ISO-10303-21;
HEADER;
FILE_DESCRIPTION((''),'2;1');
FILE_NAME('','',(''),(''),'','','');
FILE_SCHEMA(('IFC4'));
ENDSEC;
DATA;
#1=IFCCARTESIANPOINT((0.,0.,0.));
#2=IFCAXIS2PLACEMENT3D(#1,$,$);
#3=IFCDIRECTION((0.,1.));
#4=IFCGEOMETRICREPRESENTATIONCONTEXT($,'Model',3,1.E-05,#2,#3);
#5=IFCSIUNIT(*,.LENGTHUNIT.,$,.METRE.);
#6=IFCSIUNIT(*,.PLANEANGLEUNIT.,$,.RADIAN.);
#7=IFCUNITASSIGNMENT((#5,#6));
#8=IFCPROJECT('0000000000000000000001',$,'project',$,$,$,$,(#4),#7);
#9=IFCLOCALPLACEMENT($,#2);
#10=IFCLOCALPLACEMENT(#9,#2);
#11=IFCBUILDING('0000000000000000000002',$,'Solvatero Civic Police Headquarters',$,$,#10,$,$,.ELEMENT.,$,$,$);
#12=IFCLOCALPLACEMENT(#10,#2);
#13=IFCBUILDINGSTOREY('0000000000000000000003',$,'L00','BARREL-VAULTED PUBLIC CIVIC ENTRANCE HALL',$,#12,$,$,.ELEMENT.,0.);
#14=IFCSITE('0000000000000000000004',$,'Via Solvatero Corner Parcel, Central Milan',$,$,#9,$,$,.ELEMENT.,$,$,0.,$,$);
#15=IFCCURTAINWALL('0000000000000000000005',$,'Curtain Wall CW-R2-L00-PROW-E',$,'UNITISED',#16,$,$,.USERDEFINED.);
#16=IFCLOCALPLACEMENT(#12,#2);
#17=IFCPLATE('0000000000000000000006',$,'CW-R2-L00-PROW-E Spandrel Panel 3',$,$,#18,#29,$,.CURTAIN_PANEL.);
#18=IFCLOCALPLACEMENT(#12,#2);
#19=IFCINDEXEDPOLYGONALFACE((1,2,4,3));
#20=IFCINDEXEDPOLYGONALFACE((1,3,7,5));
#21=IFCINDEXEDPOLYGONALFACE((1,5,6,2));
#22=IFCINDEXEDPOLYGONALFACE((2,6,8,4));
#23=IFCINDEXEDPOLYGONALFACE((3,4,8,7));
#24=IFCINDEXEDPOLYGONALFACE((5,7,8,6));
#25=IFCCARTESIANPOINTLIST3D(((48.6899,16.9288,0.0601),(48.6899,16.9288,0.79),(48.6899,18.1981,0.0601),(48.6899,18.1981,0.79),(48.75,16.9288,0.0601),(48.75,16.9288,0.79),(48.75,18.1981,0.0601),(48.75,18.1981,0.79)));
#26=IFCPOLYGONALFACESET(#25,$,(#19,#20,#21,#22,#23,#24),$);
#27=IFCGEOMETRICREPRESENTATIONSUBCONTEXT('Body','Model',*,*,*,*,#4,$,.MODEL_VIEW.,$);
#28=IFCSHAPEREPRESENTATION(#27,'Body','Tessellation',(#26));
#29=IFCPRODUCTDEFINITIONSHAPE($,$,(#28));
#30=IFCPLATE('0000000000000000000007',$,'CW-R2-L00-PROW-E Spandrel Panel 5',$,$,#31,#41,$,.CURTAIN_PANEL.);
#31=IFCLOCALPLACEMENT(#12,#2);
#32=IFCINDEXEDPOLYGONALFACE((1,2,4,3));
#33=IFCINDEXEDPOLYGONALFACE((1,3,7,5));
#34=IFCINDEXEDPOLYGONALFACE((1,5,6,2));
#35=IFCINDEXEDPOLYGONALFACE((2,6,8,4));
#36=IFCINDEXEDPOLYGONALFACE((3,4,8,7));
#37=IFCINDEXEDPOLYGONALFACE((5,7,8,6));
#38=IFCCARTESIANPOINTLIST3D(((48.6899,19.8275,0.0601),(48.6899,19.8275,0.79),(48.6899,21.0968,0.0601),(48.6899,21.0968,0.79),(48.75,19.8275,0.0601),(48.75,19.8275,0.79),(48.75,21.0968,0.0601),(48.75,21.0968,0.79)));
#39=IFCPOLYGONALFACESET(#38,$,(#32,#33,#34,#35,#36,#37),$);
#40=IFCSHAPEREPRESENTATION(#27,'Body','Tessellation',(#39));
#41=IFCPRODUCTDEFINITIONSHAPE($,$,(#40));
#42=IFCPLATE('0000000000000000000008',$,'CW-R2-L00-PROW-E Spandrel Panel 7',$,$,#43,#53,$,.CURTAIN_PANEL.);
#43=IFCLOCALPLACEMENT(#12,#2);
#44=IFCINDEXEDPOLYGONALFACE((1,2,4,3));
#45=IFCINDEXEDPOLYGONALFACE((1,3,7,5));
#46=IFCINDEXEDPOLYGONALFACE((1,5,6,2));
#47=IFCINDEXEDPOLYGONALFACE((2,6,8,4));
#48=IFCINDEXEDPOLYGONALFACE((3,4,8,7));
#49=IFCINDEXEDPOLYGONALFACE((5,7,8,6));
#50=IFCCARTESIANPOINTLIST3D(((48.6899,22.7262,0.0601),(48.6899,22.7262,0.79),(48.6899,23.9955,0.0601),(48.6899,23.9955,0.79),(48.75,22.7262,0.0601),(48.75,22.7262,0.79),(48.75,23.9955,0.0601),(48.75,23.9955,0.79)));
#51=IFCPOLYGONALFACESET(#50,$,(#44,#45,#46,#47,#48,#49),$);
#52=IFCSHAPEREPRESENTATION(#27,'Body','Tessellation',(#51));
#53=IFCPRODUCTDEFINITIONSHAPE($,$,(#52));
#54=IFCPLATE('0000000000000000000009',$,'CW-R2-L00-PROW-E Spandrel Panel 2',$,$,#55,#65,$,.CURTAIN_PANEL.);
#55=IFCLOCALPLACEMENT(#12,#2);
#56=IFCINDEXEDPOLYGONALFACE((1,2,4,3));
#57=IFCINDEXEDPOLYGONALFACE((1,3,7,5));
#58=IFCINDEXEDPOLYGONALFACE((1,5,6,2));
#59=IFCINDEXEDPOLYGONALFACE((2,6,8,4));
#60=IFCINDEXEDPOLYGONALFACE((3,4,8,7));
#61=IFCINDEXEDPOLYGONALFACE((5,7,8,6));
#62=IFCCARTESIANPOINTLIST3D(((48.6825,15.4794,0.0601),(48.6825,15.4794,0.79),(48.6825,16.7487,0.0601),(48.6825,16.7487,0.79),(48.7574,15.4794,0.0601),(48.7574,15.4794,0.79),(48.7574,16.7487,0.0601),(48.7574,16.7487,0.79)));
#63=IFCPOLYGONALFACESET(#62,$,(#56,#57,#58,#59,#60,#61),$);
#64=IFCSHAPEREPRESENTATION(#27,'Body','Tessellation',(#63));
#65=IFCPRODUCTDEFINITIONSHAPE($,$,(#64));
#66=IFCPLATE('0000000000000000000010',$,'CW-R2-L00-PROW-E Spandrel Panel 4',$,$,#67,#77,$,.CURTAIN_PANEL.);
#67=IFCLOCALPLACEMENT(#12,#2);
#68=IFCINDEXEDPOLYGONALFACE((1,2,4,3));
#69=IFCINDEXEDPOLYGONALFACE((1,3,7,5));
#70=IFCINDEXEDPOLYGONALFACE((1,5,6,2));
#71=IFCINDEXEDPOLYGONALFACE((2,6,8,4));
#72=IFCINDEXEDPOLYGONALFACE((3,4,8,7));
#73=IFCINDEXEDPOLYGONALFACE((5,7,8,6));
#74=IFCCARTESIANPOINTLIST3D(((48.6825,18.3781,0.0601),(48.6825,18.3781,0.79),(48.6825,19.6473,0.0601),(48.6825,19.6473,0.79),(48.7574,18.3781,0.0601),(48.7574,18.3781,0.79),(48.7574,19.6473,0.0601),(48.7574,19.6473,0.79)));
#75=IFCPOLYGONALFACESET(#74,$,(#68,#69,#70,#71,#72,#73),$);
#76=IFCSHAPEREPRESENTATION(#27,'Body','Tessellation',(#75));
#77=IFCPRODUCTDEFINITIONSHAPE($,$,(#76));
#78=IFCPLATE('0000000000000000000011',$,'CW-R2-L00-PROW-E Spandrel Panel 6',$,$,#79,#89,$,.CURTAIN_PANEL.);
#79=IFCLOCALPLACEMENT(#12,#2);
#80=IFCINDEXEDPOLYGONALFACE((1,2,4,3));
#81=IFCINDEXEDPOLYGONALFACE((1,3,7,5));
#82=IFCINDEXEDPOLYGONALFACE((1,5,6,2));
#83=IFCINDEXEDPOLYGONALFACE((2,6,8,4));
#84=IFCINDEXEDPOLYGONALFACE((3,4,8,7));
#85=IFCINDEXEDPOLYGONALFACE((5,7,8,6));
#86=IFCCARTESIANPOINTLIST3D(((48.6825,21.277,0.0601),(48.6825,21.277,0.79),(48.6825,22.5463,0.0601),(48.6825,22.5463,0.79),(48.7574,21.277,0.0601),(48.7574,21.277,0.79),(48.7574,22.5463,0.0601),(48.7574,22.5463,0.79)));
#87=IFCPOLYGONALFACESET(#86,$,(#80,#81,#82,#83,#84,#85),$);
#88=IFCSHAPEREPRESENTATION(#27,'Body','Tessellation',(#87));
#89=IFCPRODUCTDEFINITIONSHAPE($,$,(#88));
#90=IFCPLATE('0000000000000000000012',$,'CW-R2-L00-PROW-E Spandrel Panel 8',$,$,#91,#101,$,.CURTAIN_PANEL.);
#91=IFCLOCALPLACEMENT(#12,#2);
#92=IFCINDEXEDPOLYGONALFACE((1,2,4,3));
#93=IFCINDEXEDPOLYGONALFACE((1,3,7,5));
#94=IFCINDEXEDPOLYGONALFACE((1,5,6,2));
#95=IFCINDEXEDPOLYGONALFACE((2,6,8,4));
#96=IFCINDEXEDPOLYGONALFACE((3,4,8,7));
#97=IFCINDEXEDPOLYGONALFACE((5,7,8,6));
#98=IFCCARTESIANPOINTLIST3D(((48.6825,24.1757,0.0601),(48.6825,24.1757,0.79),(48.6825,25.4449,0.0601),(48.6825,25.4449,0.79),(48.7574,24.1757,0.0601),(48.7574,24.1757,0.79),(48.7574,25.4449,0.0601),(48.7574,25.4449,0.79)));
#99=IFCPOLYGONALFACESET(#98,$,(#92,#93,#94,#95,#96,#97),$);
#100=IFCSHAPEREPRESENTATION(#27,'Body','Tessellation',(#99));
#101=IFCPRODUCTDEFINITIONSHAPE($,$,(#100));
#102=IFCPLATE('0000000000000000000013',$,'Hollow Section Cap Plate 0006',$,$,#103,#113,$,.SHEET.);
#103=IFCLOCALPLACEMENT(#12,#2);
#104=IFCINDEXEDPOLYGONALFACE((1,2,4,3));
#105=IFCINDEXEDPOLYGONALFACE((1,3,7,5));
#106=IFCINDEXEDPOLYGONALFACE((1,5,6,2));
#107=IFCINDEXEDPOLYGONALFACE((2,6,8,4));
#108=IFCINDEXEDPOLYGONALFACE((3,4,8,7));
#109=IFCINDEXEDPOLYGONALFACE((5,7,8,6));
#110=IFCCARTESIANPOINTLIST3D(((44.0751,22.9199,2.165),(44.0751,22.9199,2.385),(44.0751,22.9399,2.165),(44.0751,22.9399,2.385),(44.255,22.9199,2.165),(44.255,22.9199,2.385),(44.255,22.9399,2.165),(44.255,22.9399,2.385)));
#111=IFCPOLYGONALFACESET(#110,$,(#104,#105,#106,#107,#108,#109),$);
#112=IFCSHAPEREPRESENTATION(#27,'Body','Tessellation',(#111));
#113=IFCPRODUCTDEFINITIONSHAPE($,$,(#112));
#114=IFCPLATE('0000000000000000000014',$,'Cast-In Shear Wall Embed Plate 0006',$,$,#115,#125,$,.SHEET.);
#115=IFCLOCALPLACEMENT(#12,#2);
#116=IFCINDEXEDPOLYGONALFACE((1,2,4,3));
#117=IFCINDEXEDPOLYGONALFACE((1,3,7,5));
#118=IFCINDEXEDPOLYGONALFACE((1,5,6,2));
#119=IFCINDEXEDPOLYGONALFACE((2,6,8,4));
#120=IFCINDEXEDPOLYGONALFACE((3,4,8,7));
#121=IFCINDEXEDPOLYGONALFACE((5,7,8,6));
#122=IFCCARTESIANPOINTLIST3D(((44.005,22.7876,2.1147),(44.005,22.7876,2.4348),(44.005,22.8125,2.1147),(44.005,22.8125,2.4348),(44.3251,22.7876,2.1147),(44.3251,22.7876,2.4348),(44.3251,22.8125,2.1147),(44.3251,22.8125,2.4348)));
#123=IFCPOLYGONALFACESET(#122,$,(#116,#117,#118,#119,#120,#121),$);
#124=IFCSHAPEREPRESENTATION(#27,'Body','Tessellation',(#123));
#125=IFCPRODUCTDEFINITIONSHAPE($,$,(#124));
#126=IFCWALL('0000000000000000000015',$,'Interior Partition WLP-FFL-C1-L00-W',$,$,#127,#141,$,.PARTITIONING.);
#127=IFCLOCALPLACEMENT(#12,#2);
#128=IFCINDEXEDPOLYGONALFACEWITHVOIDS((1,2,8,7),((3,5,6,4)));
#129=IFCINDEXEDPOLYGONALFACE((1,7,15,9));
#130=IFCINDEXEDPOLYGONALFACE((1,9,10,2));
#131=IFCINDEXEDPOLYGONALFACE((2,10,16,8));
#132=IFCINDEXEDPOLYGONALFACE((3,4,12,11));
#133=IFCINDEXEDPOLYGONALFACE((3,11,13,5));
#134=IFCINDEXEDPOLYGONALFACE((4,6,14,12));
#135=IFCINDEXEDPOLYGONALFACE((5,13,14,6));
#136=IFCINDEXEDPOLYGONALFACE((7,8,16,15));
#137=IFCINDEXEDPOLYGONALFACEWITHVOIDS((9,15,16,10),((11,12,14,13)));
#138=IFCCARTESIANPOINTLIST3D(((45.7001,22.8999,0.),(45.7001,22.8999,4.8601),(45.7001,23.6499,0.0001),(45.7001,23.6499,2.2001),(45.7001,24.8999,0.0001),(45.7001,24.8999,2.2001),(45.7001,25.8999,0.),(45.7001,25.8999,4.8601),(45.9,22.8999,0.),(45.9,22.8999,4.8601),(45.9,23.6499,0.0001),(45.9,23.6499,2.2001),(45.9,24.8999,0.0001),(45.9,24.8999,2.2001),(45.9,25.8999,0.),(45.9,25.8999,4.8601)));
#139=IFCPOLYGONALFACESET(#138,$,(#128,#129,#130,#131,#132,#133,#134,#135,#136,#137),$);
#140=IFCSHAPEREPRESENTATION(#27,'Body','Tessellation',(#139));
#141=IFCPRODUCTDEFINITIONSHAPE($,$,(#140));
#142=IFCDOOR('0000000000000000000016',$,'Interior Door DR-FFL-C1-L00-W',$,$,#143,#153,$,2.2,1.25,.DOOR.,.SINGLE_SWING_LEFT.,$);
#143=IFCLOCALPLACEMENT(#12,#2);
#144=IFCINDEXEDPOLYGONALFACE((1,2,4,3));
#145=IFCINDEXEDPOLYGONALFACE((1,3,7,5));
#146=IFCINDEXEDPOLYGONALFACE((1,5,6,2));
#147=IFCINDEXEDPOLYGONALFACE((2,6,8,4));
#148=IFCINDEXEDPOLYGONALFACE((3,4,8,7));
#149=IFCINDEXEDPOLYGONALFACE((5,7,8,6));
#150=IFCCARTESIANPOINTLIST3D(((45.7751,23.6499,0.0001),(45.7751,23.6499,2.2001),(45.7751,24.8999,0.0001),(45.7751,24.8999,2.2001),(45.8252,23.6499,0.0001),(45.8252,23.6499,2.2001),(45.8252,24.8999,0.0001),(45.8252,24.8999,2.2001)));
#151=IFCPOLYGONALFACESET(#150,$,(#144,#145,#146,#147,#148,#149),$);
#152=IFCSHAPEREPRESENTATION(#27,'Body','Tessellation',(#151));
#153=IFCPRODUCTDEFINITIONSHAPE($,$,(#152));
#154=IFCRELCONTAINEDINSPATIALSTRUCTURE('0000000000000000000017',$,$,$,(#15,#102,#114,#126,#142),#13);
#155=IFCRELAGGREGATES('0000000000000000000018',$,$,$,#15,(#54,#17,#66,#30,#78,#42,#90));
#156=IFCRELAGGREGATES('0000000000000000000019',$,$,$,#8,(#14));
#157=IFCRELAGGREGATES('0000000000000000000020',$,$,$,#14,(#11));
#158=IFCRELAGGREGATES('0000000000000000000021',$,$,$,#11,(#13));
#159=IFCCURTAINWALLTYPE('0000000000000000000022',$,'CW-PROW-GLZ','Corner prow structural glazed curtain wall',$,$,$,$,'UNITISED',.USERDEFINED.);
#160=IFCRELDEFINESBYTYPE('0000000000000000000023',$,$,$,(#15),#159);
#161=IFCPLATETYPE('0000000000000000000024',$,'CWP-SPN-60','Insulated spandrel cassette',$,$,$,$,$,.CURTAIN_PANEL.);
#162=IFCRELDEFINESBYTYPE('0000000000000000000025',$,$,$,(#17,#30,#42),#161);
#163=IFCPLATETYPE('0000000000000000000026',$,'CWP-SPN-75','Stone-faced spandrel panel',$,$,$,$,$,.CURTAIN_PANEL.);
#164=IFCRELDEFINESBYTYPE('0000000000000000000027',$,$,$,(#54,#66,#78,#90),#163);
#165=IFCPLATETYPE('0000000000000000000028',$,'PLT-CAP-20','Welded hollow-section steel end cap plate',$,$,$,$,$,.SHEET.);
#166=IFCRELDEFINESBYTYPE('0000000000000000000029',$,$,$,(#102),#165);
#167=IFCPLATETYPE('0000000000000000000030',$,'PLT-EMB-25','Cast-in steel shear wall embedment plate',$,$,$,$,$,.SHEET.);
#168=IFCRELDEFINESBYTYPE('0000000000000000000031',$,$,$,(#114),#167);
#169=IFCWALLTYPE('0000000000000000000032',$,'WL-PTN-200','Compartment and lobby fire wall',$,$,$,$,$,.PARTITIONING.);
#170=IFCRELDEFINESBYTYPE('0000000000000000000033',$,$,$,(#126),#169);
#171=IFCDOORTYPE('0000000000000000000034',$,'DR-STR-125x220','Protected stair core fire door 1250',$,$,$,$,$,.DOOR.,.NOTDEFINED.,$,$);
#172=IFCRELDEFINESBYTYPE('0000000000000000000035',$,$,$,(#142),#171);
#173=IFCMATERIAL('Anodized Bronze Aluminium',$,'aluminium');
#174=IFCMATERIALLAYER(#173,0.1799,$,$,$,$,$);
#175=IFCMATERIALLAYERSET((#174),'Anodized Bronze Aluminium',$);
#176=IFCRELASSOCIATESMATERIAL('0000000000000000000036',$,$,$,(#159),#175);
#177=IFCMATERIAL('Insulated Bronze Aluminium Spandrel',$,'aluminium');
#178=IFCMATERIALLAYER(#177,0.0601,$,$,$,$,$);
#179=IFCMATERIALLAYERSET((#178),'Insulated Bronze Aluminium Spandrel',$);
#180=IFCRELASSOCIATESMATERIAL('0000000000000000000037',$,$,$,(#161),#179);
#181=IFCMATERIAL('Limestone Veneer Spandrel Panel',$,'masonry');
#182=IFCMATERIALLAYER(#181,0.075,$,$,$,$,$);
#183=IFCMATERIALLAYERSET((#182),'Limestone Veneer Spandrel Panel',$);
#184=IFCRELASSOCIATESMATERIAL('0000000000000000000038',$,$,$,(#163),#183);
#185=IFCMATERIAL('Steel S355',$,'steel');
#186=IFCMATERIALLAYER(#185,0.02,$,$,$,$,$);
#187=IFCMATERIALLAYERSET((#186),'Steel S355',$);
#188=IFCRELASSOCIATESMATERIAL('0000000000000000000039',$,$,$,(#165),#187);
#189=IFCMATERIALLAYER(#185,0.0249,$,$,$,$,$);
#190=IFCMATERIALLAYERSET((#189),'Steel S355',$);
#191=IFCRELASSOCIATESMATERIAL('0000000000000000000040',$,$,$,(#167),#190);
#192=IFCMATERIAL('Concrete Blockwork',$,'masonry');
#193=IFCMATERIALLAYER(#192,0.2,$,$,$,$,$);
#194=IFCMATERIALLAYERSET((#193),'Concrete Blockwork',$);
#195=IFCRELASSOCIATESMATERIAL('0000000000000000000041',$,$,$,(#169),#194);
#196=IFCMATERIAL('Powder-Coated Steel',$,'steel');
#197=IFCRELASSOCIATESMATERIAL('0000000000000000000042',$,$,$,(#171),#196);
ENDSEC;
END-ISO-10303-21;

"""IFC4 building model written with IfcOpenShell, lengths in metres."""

from ifc_helpers import new_model, si_unit, direction, frame, frame_2d, origin, origin_2d, place, context, subcontext, project, spatial, rectangle, extrude, material, layer, layer_set, type_object, element, fill, aggregate, save


model = new_model("IFC4")

# Units and contexts
model_context = context("Model", 3, precision=1e-05, world=origin(), true_north=direction((0.0, 1.0)))
body_context = subcontext(model_context, "Body", "Model", "MODEL_VIEW")
ifc_project = project(units=[si_unit("LENGTHUNIT", "METRE"), si_unit("PLANEANGLEUNIT", "RADIAN")], contexts=[model_context])

# Site, building, storey
site_placement = place(None, origin())
site = spatial("IfcSite", under=ifc_project, at=site_placement, Name="Via Solvatero Corner Parcel, Central Milan", CompositionType="ELEMENT", RefElevation=0.0)
building_placement = place(site_placement, origin())
building = spatial("IfcBuilding", under=site, at=building_placement, Name="Solvatero Civic Police Headquarters", CompositionType="ELEMENT")
storey_placement = place(building_placement, origin())
storey = spatial("IfcBuildingStorey", under=building, at=storey_placement, Name="L00", Description="BARREL-VAULTED PUBLIC CIVIC ENTRANCE HALL", CompositionType="ELEMENT", Elevation=0.0)

# Curtain wall, plates
ifc_material_1 = material(Name="Anodized Bronze Aluminium", Category="aluminium")
ifc_layer_1 = layer(ifc_material_1, 0.1799)
ifc_layer_set_1 = layer_set([ifc_layer_1], Name="Anodized Bronze Aluminium")
curtain_wall_type = type_object("IfcCurtainWallType", Name="CW-PROW-GLZ", Description="Corner prow structural glazed curtain wall", ElementType="UNITISED", PredefinedType="USERDEFINED", material=ifc_layer_set_1)
curtain_wall_placement = place(storey_placement, origin())
curtain_wall = element("IfcCurtainWall", 1, at=curtain_wall_placement, inside=storey, type_object=curtain_wall_type, Name="Curtain Wall CW-R2-L00-PROW-E", ObjectType="UNITISED", PredefinedType="USERDEFINED")
ifc_material_2 = material(Name="Insulated Bronze Aluminium Spandrel", Category="aluminium")
ifc_layer_2 = layer(ifc_material_2, 0.0601)
ifc_layer_set_2 = layer_set([ifc_layer_2], Name="Insulated Bronze Aluminium Spandrel")
plate_type_1 = type_object("IfcPlateType", Name="CWP-SPN-60", Description="Insulated spandrel cassette", PredefinedType="CURTAIN_PANEL", material=ifc_layer_set_2)
plate_1_placement = place(storey_placement, frame((48.72, 17.5635, 0.0601), z_axis=(0.0, 0.0, 1.0), x_axis=(0.0, 1.0, 0.0)))
plate_1 = element("IfcPlate", 2, at=plate_1_placement, type_object=plate_type_1, Name="CW-R2-L00-PROW-E Spandrel Panel 3", PredefinedType="CURTAIN_PANEL", context=body_context, shape_type="SweptSolid", body=[
    extrude(rectangle(XDim=1.2693, YDim=0.0601, at=origin_2d()), origin(), (0.0, 0.0, 1.0), 0.73),
])
plate_2_placement = place(storey_placement, frame((48.72, 20.4622, 0.0601), z_axis=(0.0, 0.0, 1.0), x_axis=(0.0, 1.0, 0.0)))
plate_2 = element("IfcPlate", 3, at=plate_2_placement, type_object=plate_type_1, Name="CW-R2-L00-PROW-E Spandrel Panel 5", PredefinedType="CURTAIN_PANEL", context=body_context, shape_type="SweptSolid", body=[
    extrude(rectangle(XDim=1.2693, YDim=0.0601, at=origin_2d()), origin(), (0.0, 0.0, 1.0), 0.73),
])
plate_3_placement = place(storey_placement, frame((48.72, 23.3608, 0.0601), z_axis=(0.0, 0.0, 1.0), x_axis=(0.0, 1.0, 0.0)))
plate_3 = element("IfcPlate", 4, at=plate_3_placement, type_object=plate_type_1, Name="CW-R2-L00-PROW-E Spandrel Panel 7", PredefinedType="CURTAIN_PANEL", context=body_context, shape_type="SweptSolid", body=[
    extrude(rectangle(XDim=1.2693, YDim=0.0601, at=origin_2d()), origin(), (0.0, 0.0, 1.0), 0.73),
])
ifc_material_3 = material(Name="Limestone Veneer Spandrel Panel", Category="masonry")
ifc_layer_3 = layer(ifc_material_3, 0.075)
ifc_layer_set_3 = layer_set([ifc_layer_3], Name="Limestone Veneer Spandrel Panel")
plate_type_2 = type_object("IfcPlateType", Name="CWP-SPN-75", Description="Stone-faced spandrel panel", PredefinedType="CURTAIN_PANEL", material=ifc_layer_set_3)
plate_4_placement = place(storey_placement, frame((48.72, 16.114, 0.0601), z_axis=(0.0, 0.0, 1.0), x_axis=(0.0, 1.0, 0.0)))
plate_4 = element("IfcPlate", 5, at=plate_4_placement, type_object=plate_type_2, Name="CW-R2-L00-PROW-E Spandrel Panel 2", PredefinedType="CURTAIN_PANEL", context=body_context, shape_type="SweptSolid", body=[
    extrude(rectangle(XDim=1.2693, YDim=0.075, at=origin_2d()), origin(), (0.0, 0.0, 1.0), 0.73),
])
plate_5_placement = place(storey_placement, frame((48.72, 19.0127, 0.0601), z_axis=(0.0, 0.0, 1.0), x_axis=(0.0, 1.0, 0.0)))
plate_5 = element("IfcPlate", 6, at=plate_5_placement, type_object=plate_type_2, Name="CW-R2-L00-PROW-E Spandrel Panel 4", PredefinedType="CURTAIN_PANEL", context=body_context, shape_type="SweptSolid", body=[
    extrude(rectangle(XDim=1.2693, YDim=0.075, at=origin_2d()), origin(), (0.0, 0.0, 1.0), 0.73),
])
plate_6_placement = place(storey_placement, frame((48.72, 21.9116, 0.0601), z_axis=(0.0, 0.0, 1.0), x_axis=(0.0, 1.0, 0.0)))
plate_6 = element("IfcPlate", 7, at=plate_6_placement, type_object=plate_type_2, Name="CW-R2-L00-PROW-E Spandrel Panel 6", PredefinedType="CURTAIN_PANEL", context=body_context, shape_type="SweptSolid", body=[
    extrude(rectangle(XDim=1.2693, YDim=0.075, at=origin_2d()), origin(), (0.0, 0.0, 1.0), 0.73),
])
plate_7_placement = place(storey_placement, frame((48.72, 24.8103, 0.0601), z_axis=(0.0, 0.0, 1.0), x_axis=(0.0, 1.0, 0.0)))
plate_7 = element("IfcPlate", 8, at=plate_7_placement, type_object=plate_type_2, Name="CW-R2-L00-PROW-E Spandrel Panel 8", PredefinedType="CURTAIN_PANEL", context=body_context, shape_type="SweptSolid", body=[
    extrude(rectangle(XDim=1.2693, YDim=0.075, at=origin_2d()), origin(), (0.0, 0.0, 1.0), 0.73),
])
aggregate(curtain_wall, [plate_4, plate_1, plate_5, plate_2, plate_6, plate_3, plate_7])

# Plates
ifc_material_4 = material(Name="Steel S355", Category="steel")
ifc_layer_4 = layer(ifc_material_4, 0.02)
ifc_layer_set_4 = layer_set([ifc_layer_4], Name="Steel S355")
plate_type_3 = type_object("IfcPlateType", Name="PLT-CAP-20", Description="Welded hollow-section steel end cap plate", PredefinedType="SHEET", material=ifc_layer_set_4)
plate_8_placement = place(storey_placement, frame((44.165, 22.9299, 2.165), z_axis=(0.0, 0.0, 1.0), x_axis=(1.0, 0.0, 0.0)))
element("IfcPlate", 9, at=plate_8_placement, inside=storey, type_object=plate_type_3, Name="Hollow Section Cap Plate 0006", PredefinedType="SHEET", context=body_context, shape_type="SweptSolid", body=[
    extrude(rectangle(XDim=0.1799, YDim=0.02, at=origin_2d()), origin(), (0.0, 0.0, 1.0), 0.22),
])
ifc_layer_5 = layer(ifc_material_4, 0.0249)
ifc_layer_set_5 = layer_set([ifc_layer_5], Name="Steel S355")
plate_type_4 = type_object("IfcPlateType", Name="PLT-EMB-25", Description="Cast-in steel shear wall embedment plate", PredefinedType="SHEET", material=ifc_layer_set_5)
plate_9_placement = place(storey_placement, frame((44.165, 22.8, 2.1147), z_axis=(0.0, 0.0, 1.0), x_axis=(1.0, 0.0, 0.0)))
element("IfcPlate", 10, at=plate_9_placement, inside=storey, type_object=plate_type_4, Name="Cast-In Shear Wall Embed Plate 0006", PredefinedType="SHEET", context=body_context, shape_type="SweptSolid", body=[
    extrude(rectangle(XDim=0.3201, YDim=0.0249, at=origin_2d()), origin(), (0.0, 0.0, 1.0), 0.3201),
])

# Wall, opening, door
ifc_material_5 = material(Name="Concrete Blockwork", Category="masonry")
ifc_layer_6 = layer(ifc_material_5, 0.2)
ifc_layer_set_6 = layer_set([ifc_layer_6], Name="Concrete Blockwork")
wall_type_1 = type_object("IfcWallType", Name="WL-PTN-200", Description="Compartment and lobby fire wall", PredefinedType="PARTITIONING", material=ifc_layer_set_6)
wall_1_placement = place(storey_placement, frame((45.8, 22.8999, 0.0), z_axis=(0.0, 0.0, 1.0), x_axis=(0.0, 1.0, 0.0)))
wall_1 = element("IfcWall", 11, at=wall_1_placement, inside=storey, type_object=wall_type_1, Name="Interior Partition WLP-FFL-C1-L00-W", PredefinedType="PARTITIONING", context=body_context, shape_type="SweptSolid", body=[
    extrude(rectangle(XDim=3.0, YDim=0.2, at=frame_2d((1.5, 0.0))), origin(), (0.0, 0.0, 1.0), 4.8601),
])
opening_1_placement = place(wall_1_placement, frame((0.75, 0.0, 0.0)))
opening_1 = element("IfcOpeningElement", 12, at=opening_1_placement, cuts=wall_1, PredefinedType="OPENING", context=body_context, shape_type="SweptSolid", body=[
    extrude(rectangle(XDim=1.25, YDim=2.2, at=frame_2d((0.625, 1.1001))), frame((0.0, 0.1099, 0.0), z_axis=(0.0, -1.0, 0.0), x_axis=(1.0, 0.0, 0.0)), (0.0, 0.0, 1.0), 0.22),
])
ifc_material_6 = material(Name="Powder-Coated Steel", Category="steel")
door_type_1 = type_object("IfcDoorType", Name="DR-STR-125x220", Description="Protected stair core fire door 1250", OperationType="NOTDEFINED", PredefinedType="DOOR", material=ifc_material_6)
door_1_placement = place(opening_1_placement, origin())
door_1 = element("IfcDoor", 13, at=door_1_placement, inside=storey, type_object=door_type_1, Name="Interior Door DR-FFL-C1-L00-W", OperationType="SINGLE_SWING_LEFT", OverallHeight=2.2, OverallWidth=1.25, PredefinedType="DOOR", context=body_context, shape_type="SweptSolid", body=[
    extrude(rectangle(XDim=1.25, YDim=2.2, at=frame_2d((0.625, 1.1001))), frame((0.0, 0.0249, 0.0), z_axis=(0.0, -1.0, 0.0), x_axis=(1.0, 0.0, 0.0)), (0.0, 0.0, 1.0), 0.05),
])
fill(opening_1, door_1)

save(model, "model.ifc")
